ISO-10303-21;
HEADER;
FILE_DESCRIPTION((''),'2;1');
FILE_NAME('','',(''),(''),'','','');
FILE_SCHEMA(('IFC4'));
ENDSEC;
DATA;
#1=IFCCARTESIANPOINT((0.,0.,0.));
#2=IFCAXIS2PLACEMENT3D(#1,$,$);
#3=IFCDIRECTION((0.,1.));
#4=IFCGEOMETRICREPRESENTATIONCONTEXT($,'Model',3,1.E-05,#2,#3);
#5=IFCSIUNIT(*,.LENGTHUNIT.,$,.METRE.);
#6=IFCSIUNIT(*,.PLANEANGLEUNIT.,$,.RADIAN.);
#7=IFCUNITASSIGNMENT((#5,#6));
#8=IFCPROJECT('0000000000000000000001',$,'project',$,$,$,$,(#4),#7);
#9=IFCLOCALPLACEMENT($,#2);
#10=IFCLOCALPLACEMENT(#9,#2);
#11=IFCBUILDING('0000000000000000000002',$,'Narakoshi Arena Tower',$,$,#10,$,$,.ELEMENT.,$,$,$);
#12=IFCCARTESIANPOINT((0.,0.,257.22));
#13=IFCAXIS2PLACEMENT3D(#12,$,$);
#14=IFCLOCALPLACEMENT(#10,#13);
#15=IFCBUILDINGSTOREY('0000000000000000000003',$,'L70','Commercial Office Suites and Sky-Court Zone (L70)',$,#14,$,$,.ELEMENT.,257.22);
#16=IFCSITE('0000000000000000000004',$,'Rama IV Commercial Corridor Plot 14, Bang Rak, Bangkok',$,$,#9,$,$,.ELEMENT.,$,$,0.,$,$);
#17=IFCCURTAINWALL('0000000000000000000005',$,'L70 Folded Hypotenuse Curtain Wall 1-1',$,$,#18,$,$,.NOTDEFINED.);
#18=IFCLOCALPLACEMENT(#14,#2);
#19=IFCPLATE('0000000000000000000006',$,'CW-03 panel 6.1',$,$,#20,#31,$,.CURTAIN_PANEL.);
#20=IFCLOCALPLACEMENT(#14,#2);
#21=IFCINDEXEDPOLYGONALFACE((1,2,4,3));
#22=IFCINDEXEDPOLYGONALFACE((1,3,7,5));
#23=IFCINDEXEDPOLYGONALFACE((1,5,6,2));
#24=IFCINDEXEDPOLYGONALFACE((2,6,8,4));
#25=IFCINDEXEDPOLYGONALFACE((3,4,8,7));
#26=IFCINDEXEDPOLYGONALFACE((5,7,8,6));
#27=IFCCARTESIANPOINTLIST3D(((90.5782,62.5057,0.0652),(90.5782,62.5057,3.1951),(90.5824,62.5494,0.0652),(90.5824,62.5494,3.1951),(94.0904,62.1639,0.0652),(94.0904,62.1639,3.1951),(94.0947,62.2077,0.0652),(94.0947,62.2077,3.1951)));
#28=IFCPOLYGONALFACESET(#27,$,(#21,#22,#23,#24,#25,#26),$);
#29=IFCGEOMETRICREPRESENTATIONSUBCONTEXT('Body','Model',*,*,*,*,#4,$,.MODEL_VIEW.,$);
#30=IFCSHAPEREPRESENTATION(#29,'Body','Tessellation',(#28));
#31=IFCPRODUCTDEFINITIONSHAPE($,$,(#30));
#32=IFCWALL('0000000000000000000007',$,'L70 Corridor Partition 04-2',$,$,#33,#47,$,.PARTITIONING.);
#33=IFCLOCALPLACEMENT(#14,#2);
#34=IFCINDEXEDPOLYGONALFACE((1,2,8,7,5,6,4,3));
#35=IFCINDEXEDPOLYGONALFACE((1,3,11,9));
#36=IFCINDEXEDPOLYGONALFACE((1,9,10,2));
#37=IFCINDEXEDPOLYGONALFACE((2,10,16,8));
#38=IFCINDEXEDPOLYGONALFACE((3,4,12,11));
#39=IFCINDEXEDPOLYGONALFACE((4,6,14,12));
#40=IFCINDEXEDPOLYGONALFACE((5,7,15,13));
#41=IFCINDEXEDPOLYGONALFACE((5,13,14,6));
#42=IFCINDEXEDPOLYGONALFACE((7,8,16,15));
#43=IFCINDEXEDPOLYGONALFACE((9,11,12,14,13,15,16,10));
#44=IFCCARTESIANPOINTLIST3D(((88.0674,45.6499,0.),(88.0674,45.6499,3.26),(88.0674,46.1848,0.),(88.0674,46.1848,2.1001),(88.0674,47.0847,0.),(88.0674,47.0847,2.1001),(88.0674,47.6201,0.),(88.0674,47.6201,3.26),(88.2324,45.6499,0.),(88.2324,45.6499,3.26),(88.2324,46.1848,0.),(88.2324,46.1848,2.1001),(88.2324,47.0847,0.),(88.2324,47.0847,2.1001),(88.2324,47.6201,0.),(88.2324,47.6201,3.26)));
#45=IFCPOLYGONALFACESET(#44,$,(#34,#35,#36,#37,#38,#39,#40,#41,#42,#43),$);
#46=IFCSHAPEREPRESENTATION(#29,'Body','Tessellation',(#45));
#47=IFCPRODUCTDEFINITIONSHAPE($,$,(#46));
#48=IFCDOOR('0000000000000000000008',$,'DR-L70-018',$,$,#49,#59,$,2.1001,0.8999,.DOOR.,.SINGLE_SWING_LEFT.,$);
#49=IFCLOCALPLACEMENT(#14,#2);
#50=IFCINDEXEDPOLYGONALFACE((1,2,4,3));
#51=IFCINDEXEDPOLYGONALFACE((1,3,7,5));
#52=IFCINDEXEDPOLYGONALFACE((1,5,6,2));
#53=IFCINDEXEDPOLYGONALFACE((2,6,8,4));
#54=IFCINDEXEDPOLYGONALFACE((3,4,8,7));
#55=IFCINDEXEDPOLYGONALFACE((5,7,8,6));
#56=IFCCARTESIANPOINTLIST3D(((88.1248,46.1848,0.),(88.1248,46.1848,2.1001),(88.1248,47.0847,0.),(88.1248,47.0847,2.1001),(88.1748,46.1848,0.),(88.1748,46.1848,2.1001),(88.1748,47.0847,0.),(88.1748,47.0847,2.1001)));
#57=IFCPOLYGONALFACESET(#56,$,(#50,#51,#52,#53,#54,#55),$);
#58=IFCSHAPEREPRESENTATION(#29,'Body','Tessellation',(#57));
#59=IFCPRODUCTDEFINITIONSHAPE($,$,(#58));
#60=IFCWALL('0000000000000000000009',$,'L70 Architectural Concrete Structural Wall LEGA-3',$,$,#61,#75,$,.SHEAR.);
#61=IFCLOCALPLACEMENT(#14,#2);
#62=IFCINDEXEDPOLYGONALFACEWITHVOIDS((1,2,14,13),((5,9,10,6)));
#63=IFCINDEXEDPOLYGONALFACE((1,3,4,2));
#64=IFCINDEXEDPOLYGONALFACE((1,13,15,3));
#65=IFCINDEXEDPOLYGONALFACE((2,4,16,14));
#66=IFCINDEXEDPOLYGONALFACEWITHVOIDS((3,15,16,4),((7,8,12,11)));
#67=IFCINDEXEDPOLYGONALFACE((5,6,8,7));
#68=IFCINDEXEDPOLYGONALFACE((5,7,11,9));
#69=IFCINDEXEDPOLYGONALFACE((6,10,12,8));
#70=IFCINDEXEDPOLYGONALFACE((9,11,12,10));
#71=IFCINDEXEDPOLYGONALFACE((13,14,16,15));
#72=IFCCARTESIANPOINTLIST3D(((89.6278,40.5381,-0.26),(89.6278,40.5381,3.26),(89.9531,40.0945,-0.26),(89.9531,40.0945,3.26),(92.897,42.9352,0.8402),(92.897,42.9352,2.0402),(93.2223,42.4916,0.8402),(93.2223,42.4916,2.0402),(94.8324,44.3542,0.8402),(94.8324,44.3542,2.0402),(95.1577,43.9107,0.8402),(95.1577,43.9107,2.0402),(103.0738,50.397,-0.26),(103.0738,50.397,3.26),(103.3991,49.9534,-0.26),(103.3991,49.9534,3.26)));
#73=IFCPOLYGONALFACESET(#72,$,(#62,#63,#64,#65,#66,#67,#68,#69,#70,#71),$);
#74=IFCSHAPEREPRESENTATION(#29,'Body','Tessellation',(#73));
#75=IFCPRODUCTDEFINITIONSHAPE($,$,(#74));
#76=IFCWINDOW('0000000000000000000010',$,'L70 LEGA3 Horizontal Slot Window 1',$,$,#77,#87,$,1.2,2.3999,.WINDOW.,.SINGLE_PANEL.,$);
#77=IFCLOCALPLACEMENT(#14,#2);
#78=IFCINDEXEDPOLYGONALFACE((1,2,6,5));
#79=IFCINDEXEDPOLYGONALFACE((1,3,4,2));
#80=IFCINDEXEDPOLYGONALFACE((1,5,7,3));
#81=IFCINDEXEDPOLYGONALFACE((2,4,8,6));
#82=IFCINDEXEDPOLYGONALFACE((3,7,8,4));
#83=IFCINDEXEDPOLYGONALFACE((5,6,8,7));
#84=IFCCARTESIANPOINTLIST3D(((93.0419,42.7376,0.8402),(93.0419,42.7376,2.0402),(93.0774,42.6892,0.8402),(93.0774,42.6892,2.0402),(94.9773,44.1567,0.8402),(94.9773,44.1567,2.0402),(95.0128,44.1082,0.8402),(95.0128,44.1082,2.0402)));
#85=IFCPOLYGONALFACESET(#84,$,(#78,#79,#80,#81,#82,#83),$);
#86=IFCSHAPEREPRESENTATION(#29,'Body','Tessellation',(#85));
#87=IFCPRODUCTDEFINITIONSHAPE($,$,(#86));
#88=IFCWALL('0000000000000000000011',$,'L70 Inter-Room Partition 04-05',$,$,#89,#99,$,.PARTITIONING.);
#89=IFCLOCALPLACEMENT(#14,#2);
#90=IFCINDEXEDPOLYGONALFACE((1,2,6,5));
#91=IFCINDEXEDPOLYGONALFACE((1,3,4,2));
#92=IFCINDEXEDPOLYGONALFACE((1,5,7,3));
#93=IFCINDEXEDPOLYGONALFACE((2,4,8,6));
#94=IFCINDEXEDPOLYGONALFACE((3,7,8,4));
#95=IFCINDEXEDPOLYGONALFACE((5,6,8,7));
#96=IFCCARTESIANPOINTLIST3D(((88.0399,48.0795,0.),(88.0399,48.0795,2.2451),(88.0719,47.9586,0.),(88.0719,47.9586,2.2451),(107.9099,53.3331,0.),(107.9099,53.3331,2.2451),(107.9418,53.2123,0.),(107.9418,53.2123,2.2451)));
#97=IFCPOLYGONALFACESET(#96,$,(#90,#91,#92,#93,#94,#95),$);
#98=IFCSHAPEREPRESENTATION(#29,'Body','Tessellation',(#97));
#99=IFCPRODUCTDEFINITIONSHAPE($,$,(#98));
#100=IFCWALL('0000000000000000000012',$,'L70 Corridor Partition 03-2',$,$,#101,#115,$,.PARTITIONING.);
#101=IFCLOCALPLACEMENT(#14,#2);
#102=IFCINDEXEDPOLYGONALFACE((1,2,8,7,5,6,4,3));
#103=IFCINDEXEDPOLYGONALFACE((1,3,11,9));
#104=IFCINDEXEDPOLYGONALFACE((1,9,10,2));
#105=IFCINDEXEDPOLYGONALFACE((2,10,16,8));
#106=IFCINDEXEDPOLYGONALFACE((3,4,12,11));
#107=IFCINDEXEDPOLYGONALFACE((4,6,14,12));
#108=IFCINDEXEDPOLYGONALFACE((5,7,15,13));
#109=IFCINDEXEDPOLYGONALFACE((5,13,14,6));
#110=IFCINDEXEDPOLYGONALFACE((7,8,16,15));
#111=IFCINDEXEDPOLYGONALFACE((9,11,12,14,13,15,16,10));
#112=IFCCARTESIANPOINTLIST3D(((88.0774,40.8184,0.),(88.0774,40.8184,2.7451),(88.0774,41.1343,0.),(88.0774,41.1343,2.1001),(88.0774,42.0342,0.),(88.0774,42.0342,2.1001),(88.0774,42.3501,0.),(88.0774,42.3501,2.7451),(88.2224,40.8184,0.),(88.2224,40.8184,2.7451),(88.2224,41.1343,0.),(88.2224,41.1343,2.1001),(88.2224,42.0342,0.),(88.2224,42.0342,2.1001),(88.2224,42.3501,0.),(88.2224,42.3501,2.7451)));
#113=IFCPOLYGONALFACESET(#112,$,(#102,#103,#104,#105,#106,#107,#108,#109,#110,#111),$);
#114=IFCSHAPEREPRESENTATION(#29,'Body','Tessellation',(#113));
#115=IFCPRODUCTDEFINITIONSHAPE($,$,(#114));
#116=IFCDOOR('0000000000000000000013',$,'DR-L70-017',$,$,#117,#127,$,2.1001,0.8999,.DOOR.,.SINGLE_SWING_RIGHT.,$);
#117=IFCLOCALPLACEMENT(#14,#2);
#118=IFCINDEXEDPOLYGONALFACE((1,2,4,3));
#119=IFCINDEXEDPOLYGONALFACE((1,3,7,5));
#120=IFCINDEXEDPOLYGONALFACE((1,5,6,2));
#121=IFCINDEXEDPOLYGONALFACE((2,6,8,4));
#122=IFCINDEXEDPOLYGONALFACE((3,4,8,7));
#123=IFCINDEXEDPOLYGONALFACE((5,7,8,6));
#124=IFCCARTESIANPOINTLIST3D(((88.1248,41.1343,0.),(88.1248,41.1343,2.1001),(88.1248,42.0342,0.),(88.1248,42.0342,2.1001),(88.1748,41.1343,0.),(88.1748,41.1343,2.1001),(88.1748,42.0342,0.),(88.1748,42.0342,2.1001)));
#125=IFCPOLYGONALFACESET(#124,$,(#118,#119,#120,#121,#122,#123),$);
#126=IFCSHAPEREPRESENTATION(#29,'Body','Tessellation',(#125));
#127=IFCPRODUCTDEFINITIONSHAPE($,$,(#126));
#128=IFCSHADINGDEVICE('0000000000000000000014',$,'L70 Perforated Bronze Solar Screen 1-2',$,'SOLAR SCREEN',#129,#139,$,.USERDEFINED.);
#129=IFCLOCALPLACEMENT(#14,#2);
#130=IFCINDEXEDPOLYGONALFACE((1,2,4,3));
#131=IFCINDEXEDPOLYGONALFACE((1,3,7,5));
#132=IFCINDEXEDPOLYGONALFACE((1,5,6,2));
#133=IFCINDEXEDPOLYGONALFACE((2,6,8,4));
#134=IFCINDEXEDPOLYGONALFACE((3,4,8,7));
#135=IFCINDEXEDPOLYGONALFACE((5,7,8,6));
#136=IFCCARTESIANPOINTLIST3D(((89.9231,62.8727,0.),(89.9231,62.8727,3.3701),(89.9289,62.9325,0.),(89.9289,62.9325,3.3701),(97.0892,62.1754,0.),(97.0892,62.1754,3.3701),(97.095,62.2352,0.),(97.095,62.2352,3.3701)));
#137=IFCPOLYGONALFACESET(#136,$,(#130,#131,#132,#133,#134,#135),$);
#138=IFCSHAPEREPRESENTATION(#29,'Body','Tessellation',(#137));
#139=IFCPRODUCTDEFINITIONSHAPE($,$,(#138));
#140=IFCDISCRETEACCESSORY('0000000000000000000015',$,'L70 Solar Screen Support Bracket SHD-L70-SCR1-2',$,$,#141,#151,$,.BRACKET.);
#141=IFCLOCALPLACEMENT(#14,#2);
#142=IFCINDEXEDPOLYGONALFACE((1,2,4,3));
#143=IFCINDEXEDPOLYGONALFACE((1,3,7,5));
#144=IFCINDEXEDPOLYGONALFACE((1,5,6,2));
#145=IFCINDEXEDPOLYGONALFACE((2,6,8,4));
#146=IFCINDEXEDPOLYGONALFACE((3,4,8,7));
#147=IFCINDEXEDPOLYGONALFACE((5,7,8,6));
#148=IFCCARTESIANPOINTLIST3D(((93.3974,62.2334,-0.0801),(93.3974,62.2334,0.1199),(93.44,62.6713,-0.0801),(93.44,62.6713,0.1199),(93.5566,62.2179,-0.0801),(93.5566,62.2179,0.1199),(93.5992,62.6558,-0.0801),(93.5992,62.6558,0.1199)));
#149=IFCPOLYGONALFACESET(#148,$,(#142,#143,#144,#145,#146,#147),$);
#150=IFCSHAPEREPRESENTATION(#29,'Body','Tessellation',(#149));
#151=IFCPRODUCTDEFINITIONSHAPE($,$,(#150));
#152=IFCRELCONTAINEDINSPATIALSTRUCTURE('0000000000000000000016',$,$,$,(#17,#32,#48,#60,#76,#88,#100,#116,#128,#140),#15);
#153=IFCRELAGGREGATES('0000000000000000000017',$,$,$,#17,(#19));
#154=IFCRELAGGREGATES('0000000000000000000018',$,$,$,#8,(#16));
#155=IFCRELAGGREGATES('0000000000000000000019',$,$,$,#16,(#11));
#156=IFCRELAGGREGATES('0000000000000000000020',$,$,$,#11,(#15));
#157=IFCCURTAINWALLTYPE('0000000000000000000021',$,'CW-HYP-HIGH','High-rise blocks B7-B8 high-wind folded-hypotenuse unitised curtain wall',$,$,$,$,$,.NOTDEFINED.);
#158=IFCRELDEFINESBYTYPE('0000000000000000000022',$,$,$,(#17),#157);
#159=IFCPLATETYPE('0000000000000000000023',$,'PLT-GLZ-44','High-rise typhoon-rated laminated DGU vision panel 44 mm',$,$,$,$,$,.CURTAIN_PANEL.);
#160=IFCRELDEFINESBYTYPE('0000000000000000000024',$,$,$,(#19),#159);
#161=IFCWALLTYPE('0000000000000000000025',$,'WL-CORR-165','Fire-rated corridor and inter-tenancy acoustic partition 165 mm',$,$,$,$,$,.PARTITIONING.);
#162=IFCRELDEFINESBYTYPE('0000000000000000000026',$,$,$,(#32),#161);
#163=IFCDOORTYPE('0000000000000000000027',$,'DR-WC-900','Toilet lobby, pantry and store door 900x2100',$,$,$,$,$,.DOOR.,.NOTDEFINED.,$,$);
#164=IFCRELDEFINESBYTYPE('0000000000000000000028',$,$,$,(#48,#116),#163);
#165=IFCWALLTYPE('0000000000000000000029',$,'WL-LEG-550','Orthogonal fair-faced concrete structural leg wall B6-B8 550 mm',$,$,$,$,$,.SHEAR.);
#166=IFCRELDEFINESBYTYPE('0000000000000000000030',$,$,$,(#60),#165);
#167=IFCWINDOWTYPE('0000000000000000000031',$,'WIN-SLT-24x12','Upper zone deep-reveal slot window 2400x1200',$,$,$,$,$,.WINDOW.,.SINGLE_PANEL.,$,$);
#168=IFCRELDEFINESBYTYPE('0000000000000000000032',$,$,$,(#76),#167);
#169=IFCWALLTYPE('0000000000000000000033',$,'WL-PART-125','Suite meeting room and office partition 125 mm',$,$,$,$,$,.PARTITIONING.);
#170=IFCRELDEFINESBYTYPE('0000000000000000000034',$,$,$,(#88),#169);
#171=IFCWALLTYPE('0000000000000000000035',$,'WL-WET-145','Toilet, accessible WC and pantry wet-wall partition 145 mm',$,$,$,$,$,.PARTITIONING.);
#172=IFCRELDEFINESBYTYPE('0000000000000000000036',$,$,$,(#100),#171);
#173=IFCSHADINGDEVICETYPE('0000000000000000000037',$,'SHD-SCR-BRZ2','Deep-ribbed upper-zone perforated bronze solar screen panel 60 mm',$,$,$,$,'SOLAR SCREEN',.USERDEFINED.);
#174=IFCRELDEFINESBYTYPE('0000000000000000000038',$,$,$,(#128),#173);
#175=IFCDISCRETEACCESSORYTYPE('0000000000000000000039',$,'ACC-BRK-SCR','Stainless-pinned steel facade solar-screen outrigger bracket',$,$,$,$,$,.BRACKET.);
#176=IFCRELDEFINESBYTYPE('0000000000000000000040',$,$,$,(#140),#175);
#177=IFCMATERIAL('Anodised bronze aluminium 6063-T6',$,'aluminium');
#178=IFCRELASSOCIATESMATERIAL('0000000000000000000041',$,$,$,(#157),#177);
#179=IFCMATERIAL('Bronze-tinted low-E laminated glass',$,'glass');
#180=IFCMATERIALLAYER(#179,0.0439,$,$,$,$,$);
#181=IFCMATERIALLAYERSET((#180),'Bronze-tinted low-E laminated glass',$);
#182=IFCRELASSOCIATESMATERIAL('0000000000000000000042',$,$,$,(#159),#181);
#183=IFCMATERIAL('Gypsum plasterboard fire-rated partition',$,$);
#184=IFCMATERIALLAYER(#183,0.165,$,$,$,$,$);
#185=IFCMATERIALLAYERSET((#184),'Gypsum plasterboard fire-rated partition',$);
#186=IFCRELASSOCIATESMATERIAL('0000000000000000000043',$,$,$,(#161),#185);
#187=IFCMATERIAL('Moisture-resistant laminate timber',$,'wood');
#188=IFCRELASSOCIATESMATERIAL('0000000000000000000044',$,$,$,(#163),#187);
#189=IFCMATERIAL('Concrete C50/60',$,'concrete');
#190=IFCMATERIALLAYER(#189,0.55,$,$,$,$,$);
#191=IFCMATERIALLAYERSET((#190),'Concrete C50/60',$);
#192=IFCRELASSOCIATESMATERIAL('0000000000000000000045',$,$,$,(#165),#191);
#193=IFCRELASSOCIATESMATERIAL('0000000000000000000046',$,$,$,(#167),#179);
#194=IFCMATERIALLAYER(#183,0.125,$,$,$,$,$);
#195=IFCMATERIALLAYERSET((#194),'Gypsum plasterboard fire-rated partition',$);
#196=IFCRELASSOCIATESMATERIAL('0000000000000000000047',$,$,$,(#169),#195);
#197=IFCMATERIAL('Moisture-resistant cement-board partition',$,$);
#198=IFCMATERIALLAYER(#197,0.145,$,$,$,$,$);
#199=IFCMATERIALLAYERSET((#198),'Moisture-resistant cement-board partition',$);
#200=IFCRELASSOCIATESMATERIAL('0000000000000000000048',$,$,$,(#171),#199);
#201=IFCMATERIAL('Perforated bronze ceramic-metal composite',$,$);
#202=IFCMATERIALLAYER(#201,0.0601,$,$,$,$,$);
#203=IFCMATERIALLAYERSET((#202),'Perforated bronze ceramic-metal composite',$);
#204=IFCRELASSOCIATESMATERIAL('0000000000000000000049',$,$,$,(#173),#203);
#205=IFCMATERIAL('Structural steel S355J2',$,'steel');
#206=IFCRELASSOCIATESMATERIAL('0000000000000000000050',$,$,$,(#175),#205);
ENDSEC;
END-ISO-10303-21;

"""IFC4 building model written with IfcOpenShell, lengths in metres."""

from ifc_helpers import new_model, si_unit, direction, frame, frame_2d, origin, origin_2d, place, context, subcontext, project, spatial, rectangle, extrude, material, layer, layer_set, type_object, element, fill, aggregate, save


model = new_model("IFC4")

# Units and contexts
model_context = context("Model", 3, precision=1e-05, world=origin(), true_north=direction((0.0, 1.0)))
body_context = subcontext(model_context, "Body", "Model", "MODEL_VIEW")
ifc_project = project(units=[si_unit("LENGTHUNIT", "METRE"), si_unit("PLANEANGLEUNIT", "RADIAN")], contexts=[model_context])

# Site, building, storey
site_placement = place(None, origin())
site = spatial("IfcSite", under=ifc_project, at=site_placement, Name="Rama IV Commercial Corridor Plot 14, Bang Rak, Bangkok", CompositionType="ELEMENT", RefElevation=0.0)
building_placement = place(site_placement, origin())
building = spatial("IfcBuilding", under=site, at=building_placement, Name="Narakoshi Arena Tower", CompositionType="ELEMENT")
storey_placement = place(building_placement, frame((0.0, 0.0, 257.22)))
storey = spatial("IfcBuildingStorey", under=building, at=storey_placement, Name="L70", Description="Commercial Office Suites and Sky-Court Zone (L70)", CompositionType="ELEMENT", Elevation=257.22)

# Shared definitions
ifc_material_1 = material(Name="Concrete C50/60", Category="concrete")

# Shared definitions
ifc_material_2 = material(Name="Structural steel S355J2", Category="steel")

# Curtain wall
ifc_material_3 = material(Name="Anodised bronze aluminium 6063-T6", Category="aluminium")
curtain_wall_type = type_object("IfcCurtainWallType", Name="CW-HYP-HIGH", Description="High-rise blocks B7-B8 high-wind folded-hypotenuse unitised curtain wall", PredefinedType="NOTDEFINED", material=ifc_material_3)
curtain_wall_1_placement = place(storey_placement, origin())
curtain_wall_1 = element("IfcCurtainWall", 1, at=curtain_wall_1_placement, inside=storey, type_object=curtain_wall_type, Name="L70 Folded Hypotenuse Curtain Wall 1-1", PredefinedType="NOTDEFINED")

# Plate
ifc_material_4 = material(Name="Bronze-tinted low-E laminated glass", Category="glass")
ifc_layer_1 = layer(ifc_material_4, 0.0439)
ifc_layer_set_1 = layer_set([ifc_layer_1], Name="Bronze-tinted low-E laminated glass")
plate_type = type_object("IfcPlateType", Name="PLT-GLZ-44", Description="High-rise typhoon-rated laminated DGU vision panel 44 mm", PredefinedType="CURTAIN_PANEL", material=ifc_layer_set_1)
plate_1_placement = place(storey_placement, frame((92.3364, 62.3567, 0.0652), z_axis=(0.0, 0.0, 1.0), x_axis=(-0.995299, 0.096851, 0.0)))
plate_1 = element("IfcPlate", 2, at=plate_1_placement, type_object=plate_type, Name="CW-03 panel 6.1", PredefinedType="CURTAIN_PANEL", context=body_context, shape_type="SweptSolid", body=[
    extrude(rectangle(XDim=3.5288, YDim=0.0439, at=origin_2d()), origin(), (0.0, 0.0, 1.0), 3.1299),
])
aggregate(curtain_wall_1, [plate_1])

# Wall, opening, door
ifc_material_5 = material(Name="Gypsum plasterboard fire-rated partition")
ifc_layer_2 = layer(ifc_material_5, 0.165)
ifc_layer_set_2 = layer_set([ifc_layer_2], Name="Gypsum plasterboard fire-rated partition")
wall_type_1 = type_object("IfcWallType", Name="WL-CORR-165", Description="Fire-rated corridor and inter-tenancy acoustic partition 165 mm", PredefinedType="PARTITIONING", material=ifc_layer_set_2)
wall_1_placement = place(storey_placement, frame((88.1499, 45.6499, 0.0), z_axis=(0.0, 0.0, 1.0), x_axis=(0.0, 1.0, 0.0)))
wall_1 = element("IfcWall", 3, at=wall_1_placement, inside=storey, type_object=wall_type_1, Name="L70 Corridor Partition 04-2", PredefinedType="PARTITIONING", context=body_context, shape_type="SweptSolid", body=[
    extrude(rectangle(XDim=1.9702, YDim=0.165, at=frame_2d((0.9851, 0.0))), origin(), (0.0, 0.0, 1.0), 3.26),
])
opening_1_placement = place(wall_1_placement, frame((0.5349, 0.0, 0.0)))
opening_1 = element("IfcOpeningElement", 4, at=opening_1_placement, cuts=wall_1, PredefinedType="OPENING", context=body_context, shape_type="SweptSolid", body=[
    extrude(rectangle(XDim=0.8999, YDim=2.1001, at=frame_2d((0.45, 1.05))), frame((0.0, 0.0925, 0.0), z_axis=(0.0, -1.0, 0.0), x_axis=(1.0, 0.0, 0.0)), (0.0, 0.0, 1.0), 0.1851),
])
ifc_material_6 = material(Name="Moisture-resistant laminate timber", Category="wood")
door_type = type_object("IfcDoorType", Name="DR-WC-900", Description="Toilet lobby, pantry and store door 900x2100", OperationType="NOTDEFINED", PredefinedType="DOOR", material=ifc_material_6)
door_1_placement = place(opening_1_placement, frame((0.8999, 0.0, 0.0), z_axis=(0.0, 0.0, 1.0), x_axis=(-1.0, 0.0, 0.0)))
door_1 = element("IfcDoor", 5, at=door_1_placement, inside=storey, type_object=door_type, Name="DR-L70-018", OperationType="SINGLE_SWING_LEFT", OverallHeight=2.1001, OverallWidth=0.8999, PredefinedType="DOOR", context=body_context, shape_type="SweptSolid", body=[
    extrude(rectangle(XDim=0.8999, YDim=2.1001, at=frame_2d((0.45, 1.05))), frame((0.0, 0.0249, 0.0), z_axis=(0.0, -1.0, 0.0), x_axis=(1.0, 0.0, 0.0)), (0.0, 0.0, 1.0), 0.05),
])
fill(opening_1, door_1)

# Wall, opening, window
ifc_layer_3 = layer(ifc_material_1, 0.55)
ifc_layer_set_3 = layer_set([ifc_layer_3], Name="Concrete C50/60")
wall_type_2 = type_object("IfcWallType", Name="WL-LEG-550", Description="Orthogonal fair-faced concrete structural leg wall B6-B8 550 mm", PredefinedType="SHEAR", material=ifc_layer_set_3)
wall_2_placement = place(storey_placement, frame((89.7905, 40.3164, -0.26), z_axis=(0.0, 0.0, 1.0), x_axis=(0.806449, 0.591303, 0.0)))
wall_2 = element("IfcWall", 6, at=wall_2_placement, inside=storey, type_object=wall_type_2, Name="L70 Architectural Concrete Structural Wall LEGA-3", PredefinedType="SHEAR", context=body_context, shape_type="SweptSolid", body=[
    extrude(rectangle(XDim=16.6731, YDim=0.55, at=frame_2d((8.3364, 0.0))), origin(), (0.0, 0.0, 1.0), 3.52),
])
opening_2_placement = place(wall_2_placement, frame((4.0537, 0.0, 1.1001)))
opening_2 = element("IfcOpeningElement", 7, at=opening_2_placement, cuts=wall_2, PredefinedType="OPENING", context=body_context, shape_type="SweptSolid", body=[
    extrude(rectangle(XDim=2.3999, YDim=1.2, at=frame_2d((1.2, 0.6001))), frame((0.0, 0.2849, 0.0), z_axis=(0.0, -1.0, 0.0), x_axis=(1.0, 0.0, 0.0)), (0.0, 0.0, 1.0), 0.5701),
])
window_type = type_object("IfcWindowType", Name="WIN-SLT-24x12", Description="Upper zone deep-reveal slot window 2400x1200", PartitioningType="SINGLE_PANEL", PredefinedType="WINDOW", material=ifc_material_4)
window_placement = place(opening_2_placement, origin())
window = element("IfcWindow", 8, at=window_placement, inside=storey, type_object=window_type, Name="L70 LEGA3 Horizontal Slot Window 1", OverallHeight=1.2, OverallWidth=2.3999, PartitioningType="SINGLE_PANEL", PredefinedType="WINDOW", context=body_context, shape_type="SweptSolid", body=[
    extrude(rectangle(XDim=2.3999, YDim=1.2, at=frame_2d((1.2, 0.6001))), frame((0.0, 0.03, 0.0), z_axis=(0.0, -1.0, 0.0), x_axis=(1.0, 0.0, 0.0)), (0.0, 0.0, 1.0), 0.0601),
])
fill(opening_2, window)

# Wall
ifc_layer_4 = layer(ifc_material_5, 0.125)
ifc_layer_set_4 = layer_set([ifc_layer_4], Name="Gypsum plasterboard fire-rated partition")
wall_type_3 = type_object("IfcWallType", Name="WL-PART-125", Description="Suite meeting room and office partition 125 mm", PredefinedType="PARTITIONING", material=ifc_layer_set_4)
wall_3_placement = place(storey_placement, frame((88.0559, 48.019, 0.0), z_axis=(0.0, 0.0, 1.0), x_axis=(0.966778, 0.255619, 0.0)))
element("IfcWall", 9, at=wall_3_placement, inside=storey, type_object=wall_type_3, Name="L70 Inter-Room Partition 04-05", PredefinedType="PARTITIONING", context=body_context, shape_type="SweptSolid", body=[
    extrude(rectangle(XDim=20.5527, YDim=0.125, at=frame_2d((10.2764, 0.0))), origin(), (0.0, 0.0, 1.0), 2.2451),
])

# Wall, opening, door
ifc_material_7 = material(Name="Moisture-resistant cement-board partition")
ifc_layer_5 = layer(ifc_material_7, 0.145)
ifc_layer_set_5 = layer_set([ifc_layer_5], Name="Moisture-resistant cement-board partition")
wall_type_4 = type_object("IfcWallType", Name="WL-WET-145", Description="Toilet, accessible WC and pantry wet-wall partition 145 mm", PredefinedType="PARTITIONING", material=ifc_layer_set_5)
wall_4_placement = place(storey_placement, frame((88.1499, 40.8184, 0.0), z_axis=(0.0, 0.0, 1.0), x_axis=(0.0, 1.0, 0.0)))
wall_4 = element("IfcWall", 10, at=wall_4_placement, inside=storey, type_object=wall_type_4, Name="L70 Corridor Partition 03-2", PredefinedType="PARTITIONING", context=body_context, shape_type="SweptSolid", body=[
    extrude(rectangle(XDim=1.5317, YDim=0.145, at=frame_2d((0.7659, 0.0))), origin(), (0.0, 0.0, 1.0), 2.7451),
])
opening_3_placement = place(wall_4_placement, frame((0.3159, 0.0, 0.0)))
opening_3 = element("IfcOpeningElement", 11, at=opening_3_placement, cuts=wall_4, PredefinedType="OPENING", context=body_context, shape_type="SweptSolid", body=[
    extrude(rectangle(XDim=0.8999, YDim=2.1001, at=frame_2d((0.45, 1.05))), frame((0.0, 0.0825, 0.0), z_axis=(0.0, -1.0, 0.0), x_axis=(1.0, 0.0, 0.0)), (0.0, 0.0, 1.0), 0.165),
])
door_2_placement = place(opening_3_placement, frame((0.8999, 0.0, 0.0), z_axis=(0.0, 0.0, 1.0), x_axis=(-1.0, 0.0, 0.0)))
door_2 = element("IfcDoor", 12, at=door_2_placement, inside=storey, type_object=door_type, Name="DR-L70-017", OperationType="SINGLE_SWING_RIGHT", OverallHeight=2.1001, OverallWidth=0.8999, PredefinedType="DOOR", context=body_context, shape_type="SweptSolid", body=[
    extrude(rectangle(XDim=0.8999, YDim=2.1001, at=frame_2d((0.45, 1.05))), frame((0.0, 0.0249, 0.0), z_axis=(0.0, -1.0, 0.0), x_axis=(1.0, 0.0, 0.0)), (0.0, 0.0, 1.0), 0.05),
])
fill(opening_3, door_2)

# Shading device
ifc_material_8 = material(Name="Perforated bronze ceramic-metal composite")
ifc_layer_6 = layer(ifc_material_8, 0.0601)
ifc_layer_set_6 = layer_set([ifc_layer_6], Name="Perforated bronze ceramic-metal composite")
shading_device_type = type_object("IfcShadingDeviceType", Name="SHD-SCR-BRZ2", Description="Deep-ribbed upper-zone perforated bronze solar screen panel 60 mm", ElementType="SOLAR SCREEN", PredefinedType="USERDEFINED", material=ifc_layer_set_6)
shading_device_placement = place(storey_placement, frame((93.509, 62.554, 0.0), z_axis=(0.0, 0.0, 1.0), x_axis=(-0.995299, 0.096853, 0.0)))
element("IfcShadingDevice", 13, at=shading_device_placement, inside=storey, type_object=shading_device_type, Name="L70 Perforated Bronze Solar Screen 1-2", ObjectType="SOLAR SCREEN", PredefinedType="USERDEFINED", context=body_context, shape_type="SweptSolid", body=[
    extrude(rectangle(XDim=7.2, YDim=0.0601, at=origin_2d()), origin(), (0.0, 0.0, 1.0), 3.3701),
])

# Discrete accessory
discrete_accessory_type = type_object("IfcDiscreteAccessoryType", Name="ACC-BRK-SCR", Description="Stainless-pinned steel facade solar-screen outrigger bracket", PredefinedType="BRACKET", material=ifc_material_2)
discrete_accessory_placement = place(storey_placement, frame((93.4983, 62.4446, -0.0801), z_axis=(0.0, 0.0, 1.0), x_axis=(-0.995299, 0.096853, 0.0)))
element("IfcDiscreteAccessory", 14, at=discrete_accessory_placement, inside=storey, type_object=discrete_accessory_type, Name="L70 Solar Screen Support Bracket SHD-L70-SCR1-2", PredefinedType="BRACKET", context=body_context, shape_type="SweptSolid", body=[
    extrude(rectangle(XDim=0.1599, YDim=0.4399, at=origin_2d()), origin(), (0.0, 0.0, 1.0), 0.2),
])

save(model, "model.ifc")
